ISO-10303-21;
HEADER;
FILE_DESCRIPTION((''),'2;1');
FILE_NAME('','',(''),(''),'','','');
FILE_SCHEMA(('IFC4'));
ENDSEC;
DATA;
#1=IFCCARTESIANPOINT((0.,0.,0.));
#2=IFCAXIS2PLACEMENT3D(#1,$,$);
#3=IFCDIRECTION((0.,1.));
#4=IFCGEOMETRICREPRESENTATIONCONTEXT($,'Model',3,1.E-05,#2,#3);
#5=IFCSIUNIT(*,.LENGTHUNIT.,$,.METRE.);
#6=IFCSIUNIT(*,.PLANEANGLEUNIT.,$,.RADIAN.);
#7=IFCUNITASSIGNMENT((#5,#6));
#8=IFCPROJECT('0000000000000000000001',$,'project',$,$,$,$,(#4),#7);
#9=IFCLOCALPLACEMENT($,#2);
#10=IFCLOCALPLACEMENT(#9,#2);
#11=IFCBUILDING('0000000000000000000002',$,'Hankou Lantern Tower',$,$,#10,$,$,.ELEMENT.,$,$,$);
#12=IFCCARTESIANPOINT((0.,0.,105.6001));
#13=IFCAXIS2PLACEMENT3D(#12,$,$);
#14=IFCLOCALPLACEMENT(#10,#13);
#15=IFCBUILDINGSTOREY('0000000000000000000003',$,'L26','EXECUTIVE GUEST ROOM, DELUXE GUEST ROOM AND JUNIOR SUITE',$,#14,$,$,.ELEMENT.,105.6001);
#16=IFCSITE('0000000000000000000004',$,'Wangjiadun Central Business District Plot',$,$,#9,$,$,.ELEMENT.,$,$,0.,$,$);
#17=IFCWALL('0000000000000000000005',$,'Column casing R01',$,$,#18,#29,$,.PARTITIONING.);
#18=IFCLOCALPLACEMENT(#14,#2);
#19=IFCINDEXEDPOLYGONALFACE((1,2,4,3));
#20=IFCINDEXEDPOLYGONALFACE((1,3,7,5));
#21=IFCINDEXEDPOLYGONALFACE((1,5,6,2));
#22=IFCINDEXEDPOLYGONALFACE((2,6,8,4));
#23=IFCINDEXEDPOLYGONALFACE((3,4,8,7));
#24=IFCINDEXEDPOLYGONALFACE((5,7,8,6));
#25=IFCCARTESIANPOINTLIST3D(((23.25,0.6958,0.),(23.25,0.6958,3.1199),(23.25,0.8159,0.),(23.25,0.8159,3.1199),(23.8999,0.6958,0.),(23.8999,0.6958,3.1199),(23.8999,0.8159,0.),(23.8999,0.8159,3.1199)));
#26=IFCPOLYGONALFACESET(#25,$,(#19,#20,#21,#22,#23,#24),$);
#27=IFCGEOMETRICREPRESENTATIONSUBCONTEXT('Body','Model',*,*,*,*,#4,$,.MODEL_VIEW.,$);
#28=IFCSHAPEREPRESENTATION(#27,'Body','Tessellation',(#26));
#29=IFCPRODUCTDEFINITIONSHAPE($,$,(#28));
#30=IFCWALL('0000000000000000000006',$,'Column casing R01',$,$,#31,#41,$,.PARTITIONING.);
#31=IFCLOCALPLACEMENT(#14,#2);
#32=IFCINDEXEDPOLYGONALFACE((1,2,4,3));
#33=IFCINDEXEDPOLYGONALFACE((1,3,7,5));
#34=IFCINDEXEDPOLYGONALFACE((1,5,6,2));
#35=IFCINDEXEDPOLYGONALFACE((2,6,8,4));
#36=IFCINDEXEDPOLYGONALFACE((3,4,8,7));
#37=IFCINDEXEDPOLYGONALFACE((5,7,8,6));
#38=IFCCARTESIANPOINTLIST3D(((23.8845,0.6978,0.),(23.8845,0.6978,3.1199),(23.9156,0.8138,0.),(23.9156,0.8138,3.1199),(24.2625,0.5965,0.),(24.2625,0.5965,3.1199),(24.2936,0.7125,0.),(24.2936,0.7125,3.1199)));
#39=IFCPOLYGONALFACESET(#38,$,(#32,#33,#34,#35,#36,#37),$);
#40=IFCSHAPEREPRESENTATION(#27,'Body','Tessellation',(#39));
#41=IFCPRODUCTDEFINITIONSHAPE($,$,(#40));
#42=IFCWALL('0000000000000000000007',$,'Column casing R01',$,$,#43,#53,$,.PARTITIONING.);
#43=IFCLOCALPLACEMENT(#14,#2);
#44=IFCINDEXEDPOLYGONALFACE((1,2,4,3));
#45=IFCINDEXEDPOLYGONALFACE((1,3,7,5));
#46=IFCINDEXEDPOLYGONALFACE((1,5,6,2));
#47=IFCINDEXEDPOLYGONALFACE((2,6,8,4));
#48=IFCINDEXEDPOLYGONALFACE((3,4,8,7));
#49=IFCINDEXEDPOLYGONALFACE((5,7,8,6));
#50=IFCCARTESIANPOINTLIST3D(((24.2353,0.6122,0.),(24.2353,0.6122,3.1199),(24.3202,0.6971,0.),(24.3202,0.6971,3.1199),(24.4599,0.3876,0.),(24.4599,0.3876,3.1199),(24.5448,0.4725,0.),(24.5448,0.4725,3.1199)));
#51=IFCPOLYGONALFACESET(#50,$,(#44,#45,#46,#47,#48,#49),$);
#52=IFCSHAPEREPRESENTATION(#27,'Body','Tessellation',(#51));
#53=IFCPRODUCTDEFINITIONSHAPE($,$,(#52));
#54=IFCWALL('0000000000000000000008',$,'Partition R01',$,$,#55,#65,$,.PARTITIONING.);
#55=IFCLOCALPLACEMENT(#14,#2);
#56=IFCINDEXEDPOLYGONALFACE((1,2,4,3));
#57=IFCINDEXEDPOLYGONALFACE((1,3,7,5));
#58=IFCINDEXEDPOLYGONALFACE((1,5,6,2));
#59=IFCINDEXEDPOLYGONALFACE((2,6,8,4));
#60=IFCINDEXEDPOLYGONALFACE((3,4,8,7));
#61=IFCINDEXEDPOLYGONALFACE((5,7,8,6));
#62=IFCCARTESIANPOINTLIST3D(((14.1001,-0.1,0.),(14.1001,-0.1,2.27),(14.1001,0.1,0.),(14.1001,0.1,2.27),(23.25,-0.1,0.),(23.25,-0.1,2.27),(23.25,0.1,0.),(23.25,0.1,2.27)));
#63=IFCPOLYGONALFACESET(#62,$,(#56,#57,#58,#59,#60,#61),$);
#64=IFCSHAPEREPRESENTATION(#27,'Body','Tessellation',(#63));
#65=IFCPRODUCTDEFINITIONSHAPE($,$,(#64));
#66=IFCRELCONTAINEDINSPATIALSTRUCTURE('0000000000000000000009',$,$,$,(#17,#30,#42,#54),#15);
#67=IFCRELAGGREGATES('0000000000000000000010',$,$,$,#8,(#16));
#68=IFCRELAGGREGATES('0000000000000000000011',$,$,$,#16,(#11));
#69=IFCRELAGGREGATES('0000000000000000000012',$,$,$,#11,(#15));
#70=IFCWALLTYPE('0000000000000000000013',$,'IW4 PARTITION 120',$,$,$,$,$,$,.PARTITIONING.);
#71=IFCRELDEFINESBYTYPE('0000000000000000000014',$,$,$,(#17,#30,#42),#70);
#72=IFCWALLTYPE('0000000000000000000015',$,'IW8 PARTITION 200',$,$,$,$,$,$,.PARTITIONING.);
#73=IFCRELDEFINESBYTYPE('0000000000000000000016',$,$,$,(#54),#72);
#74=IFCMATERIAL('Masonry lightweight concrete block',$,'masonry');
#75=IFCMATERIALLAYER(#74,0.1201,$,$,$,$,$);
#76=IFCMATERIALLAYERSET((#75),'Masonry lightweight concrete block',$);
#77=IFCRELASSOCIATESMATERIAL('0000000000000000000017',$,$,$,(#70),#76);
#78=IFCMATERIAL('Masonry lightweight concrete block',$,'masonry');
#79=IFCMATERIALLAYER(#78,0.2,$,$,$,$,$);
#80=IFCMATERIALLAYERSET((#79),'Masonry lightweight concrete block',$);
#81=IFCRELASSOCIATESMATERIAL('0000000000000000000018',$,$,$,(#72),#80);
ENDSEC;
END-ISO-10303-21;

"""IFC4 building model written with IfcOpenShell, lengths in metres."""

from ifc_helpers import new_model, si_unit, direction, frame, frame_2d, origin, place, context, subcontext, project, spatial, rectangle, extrude, material, layer, layer_set, type_object, element, save


model = new_model("IFC4")

# Units and contexts
model_context = context("Model", 3, precision=1e-05, world=origin(), true_north=direction((0.0, 1.0)))
body_context = subcontext(model_context, "Body", "Model", "MODEL_VIEW")
ifc_project = project(units=[si_unit("LENGTHUNIT", "METRE"), si_unit("PLANEANGLEUNIT", "RADIAN")], contexts=[model_context])

# Site, building, storey
site_placement = place(None, origin())
site = spatial("IfcSite", under=ifc_project, at=site_placement, Name="Wangjiadun Central Business District Plot", CompositionType="ELEMENT", RefElevation=0.0)
building_placement = place(site_placement, origin())
building = spatial("IfcBuilding", under=site, at=building_placement, Name="Hankou Lantern Tower", CompositionType="ELEMENT")
storey_placement = place(building_placement, frame((0.0, 0.0, 105.6001)))
storey = spatial("IfcBuildingStorey", under=building, at=storey_placement, Name="L26", Description="EXECUTIVE GUEST ROOM, DELUXE GUEST ROOM AND JUNIOR SUITE", CompositionType="ELEMENT", Elevation=105.6001)

# Walls
ifc_material_1 = material(Name="Masonry lightweight concrete block", Category="masonry")
ifc_layer_1 = layer(ifc_material_1, 0.1201)
ifc_layer_set_1 = layer_set([ifc_layer_1], Name="Masonry lightweight concrete block")
wall_type_1 = type_object("IfcWallType", Name="IW4 PARTITION 120", PredefinedType="PARTITIONING", material=ifc_layer_set_1)
wall_1_placement = place(storey_placement, frame((23.25, 0.7559, 0.0), z_axis=(0.0, 0.0, 1.0), x_axis=(1.0, 0.0, 0.0)))
element("IfcWall", 1, at=wall_1_placement, inside=storey, type_object=wall_type_1, Name="Column casing R01", PredefinedType="PARTITIONING", context=body_context, shape_type="SweptSolid", body=[
    extrude(rectangle(XDim=0.6499, YDim=0.1201, at=frame_2d((0.325, 0.0))), origin(), (0.0, 0.0, 1.0), 3.1199),
])
wall_2_placement = place(storey_placement, frame((23.8999, 0.7559, 0.0), z_axis=(0.0, 0.0, 1.0), x_axis=(0.965892, -0.258944, 0.0)))
element("IfcWall", 2, at=wall_2_placement, inside=storey, type_object=wall_type_1, Name="Column casing R01", PredefinedType="PARTITIONING", context=body_context, shape_type="SweptSolid", body=[
    extrude(rectangle(XDim=0.3914, YDim=0.1201, at=frame_2d((0.1958, 0.0))), origin(), (0.0, 0.0, 1.0), 3.1199),
])
wall_3_placement = place(storey_placement, frame((24.2778, 0.6545, 0.0), z_axis=(0.0, 0.0, 1.0), x_axis=(0.707107, -0.707107, 0.0)))
element("IfcWall", 3, at=wall_3_placement, inside=storey, type_object=wall_type_1, Name="Column casing R01", PredefinedType="PARTITIONING", context=body_context, shape_type="SweptSolid", body=[
    extrude(rectangle(XDim=0.3176, YDim=0.1201, at=frame_2d((0.1587, 0.0))), origin(), (0.0, 0.0, 1.0), 3.1199),
])
ifc_material_2 = material(Name="Masonry lightweight concrete block", Category="masonry")
ifc_layer_2 = layer(ifc_material_2, 0.2)
ifc_layer_set_2 = layer_set([ifc_layer_2], Name="Masonry lightweight concrete block")
wall_type_2 = type_object("IfcWallType", Name="IW8 PARTITION 200", PredefinedType="PARTITIONING", material=ifc_layer_set_2)
wall_4_placement = place(storey_placement, frame((14.1001, 0.0, 0.0), z_axis=(0.0, 0.0, 1.0), x_axis=(1.0, 0.0, 0.0)))
element("IfcWall", 4, at=wall_4_placement, inside=storey, type_object=wall_type_2, Name="Partition R01", PredefinedType="PARTITIONING", context=body_context, shape_type="SweptSolid", body=[
    extrude(rectangle(XDim=9.1499, YDim=0.2, at=frame_2d((4.575, 0.0))), origin(), (0.0, 0.0, 1.0), 2.27),
])

save(model, "model.ifc")
